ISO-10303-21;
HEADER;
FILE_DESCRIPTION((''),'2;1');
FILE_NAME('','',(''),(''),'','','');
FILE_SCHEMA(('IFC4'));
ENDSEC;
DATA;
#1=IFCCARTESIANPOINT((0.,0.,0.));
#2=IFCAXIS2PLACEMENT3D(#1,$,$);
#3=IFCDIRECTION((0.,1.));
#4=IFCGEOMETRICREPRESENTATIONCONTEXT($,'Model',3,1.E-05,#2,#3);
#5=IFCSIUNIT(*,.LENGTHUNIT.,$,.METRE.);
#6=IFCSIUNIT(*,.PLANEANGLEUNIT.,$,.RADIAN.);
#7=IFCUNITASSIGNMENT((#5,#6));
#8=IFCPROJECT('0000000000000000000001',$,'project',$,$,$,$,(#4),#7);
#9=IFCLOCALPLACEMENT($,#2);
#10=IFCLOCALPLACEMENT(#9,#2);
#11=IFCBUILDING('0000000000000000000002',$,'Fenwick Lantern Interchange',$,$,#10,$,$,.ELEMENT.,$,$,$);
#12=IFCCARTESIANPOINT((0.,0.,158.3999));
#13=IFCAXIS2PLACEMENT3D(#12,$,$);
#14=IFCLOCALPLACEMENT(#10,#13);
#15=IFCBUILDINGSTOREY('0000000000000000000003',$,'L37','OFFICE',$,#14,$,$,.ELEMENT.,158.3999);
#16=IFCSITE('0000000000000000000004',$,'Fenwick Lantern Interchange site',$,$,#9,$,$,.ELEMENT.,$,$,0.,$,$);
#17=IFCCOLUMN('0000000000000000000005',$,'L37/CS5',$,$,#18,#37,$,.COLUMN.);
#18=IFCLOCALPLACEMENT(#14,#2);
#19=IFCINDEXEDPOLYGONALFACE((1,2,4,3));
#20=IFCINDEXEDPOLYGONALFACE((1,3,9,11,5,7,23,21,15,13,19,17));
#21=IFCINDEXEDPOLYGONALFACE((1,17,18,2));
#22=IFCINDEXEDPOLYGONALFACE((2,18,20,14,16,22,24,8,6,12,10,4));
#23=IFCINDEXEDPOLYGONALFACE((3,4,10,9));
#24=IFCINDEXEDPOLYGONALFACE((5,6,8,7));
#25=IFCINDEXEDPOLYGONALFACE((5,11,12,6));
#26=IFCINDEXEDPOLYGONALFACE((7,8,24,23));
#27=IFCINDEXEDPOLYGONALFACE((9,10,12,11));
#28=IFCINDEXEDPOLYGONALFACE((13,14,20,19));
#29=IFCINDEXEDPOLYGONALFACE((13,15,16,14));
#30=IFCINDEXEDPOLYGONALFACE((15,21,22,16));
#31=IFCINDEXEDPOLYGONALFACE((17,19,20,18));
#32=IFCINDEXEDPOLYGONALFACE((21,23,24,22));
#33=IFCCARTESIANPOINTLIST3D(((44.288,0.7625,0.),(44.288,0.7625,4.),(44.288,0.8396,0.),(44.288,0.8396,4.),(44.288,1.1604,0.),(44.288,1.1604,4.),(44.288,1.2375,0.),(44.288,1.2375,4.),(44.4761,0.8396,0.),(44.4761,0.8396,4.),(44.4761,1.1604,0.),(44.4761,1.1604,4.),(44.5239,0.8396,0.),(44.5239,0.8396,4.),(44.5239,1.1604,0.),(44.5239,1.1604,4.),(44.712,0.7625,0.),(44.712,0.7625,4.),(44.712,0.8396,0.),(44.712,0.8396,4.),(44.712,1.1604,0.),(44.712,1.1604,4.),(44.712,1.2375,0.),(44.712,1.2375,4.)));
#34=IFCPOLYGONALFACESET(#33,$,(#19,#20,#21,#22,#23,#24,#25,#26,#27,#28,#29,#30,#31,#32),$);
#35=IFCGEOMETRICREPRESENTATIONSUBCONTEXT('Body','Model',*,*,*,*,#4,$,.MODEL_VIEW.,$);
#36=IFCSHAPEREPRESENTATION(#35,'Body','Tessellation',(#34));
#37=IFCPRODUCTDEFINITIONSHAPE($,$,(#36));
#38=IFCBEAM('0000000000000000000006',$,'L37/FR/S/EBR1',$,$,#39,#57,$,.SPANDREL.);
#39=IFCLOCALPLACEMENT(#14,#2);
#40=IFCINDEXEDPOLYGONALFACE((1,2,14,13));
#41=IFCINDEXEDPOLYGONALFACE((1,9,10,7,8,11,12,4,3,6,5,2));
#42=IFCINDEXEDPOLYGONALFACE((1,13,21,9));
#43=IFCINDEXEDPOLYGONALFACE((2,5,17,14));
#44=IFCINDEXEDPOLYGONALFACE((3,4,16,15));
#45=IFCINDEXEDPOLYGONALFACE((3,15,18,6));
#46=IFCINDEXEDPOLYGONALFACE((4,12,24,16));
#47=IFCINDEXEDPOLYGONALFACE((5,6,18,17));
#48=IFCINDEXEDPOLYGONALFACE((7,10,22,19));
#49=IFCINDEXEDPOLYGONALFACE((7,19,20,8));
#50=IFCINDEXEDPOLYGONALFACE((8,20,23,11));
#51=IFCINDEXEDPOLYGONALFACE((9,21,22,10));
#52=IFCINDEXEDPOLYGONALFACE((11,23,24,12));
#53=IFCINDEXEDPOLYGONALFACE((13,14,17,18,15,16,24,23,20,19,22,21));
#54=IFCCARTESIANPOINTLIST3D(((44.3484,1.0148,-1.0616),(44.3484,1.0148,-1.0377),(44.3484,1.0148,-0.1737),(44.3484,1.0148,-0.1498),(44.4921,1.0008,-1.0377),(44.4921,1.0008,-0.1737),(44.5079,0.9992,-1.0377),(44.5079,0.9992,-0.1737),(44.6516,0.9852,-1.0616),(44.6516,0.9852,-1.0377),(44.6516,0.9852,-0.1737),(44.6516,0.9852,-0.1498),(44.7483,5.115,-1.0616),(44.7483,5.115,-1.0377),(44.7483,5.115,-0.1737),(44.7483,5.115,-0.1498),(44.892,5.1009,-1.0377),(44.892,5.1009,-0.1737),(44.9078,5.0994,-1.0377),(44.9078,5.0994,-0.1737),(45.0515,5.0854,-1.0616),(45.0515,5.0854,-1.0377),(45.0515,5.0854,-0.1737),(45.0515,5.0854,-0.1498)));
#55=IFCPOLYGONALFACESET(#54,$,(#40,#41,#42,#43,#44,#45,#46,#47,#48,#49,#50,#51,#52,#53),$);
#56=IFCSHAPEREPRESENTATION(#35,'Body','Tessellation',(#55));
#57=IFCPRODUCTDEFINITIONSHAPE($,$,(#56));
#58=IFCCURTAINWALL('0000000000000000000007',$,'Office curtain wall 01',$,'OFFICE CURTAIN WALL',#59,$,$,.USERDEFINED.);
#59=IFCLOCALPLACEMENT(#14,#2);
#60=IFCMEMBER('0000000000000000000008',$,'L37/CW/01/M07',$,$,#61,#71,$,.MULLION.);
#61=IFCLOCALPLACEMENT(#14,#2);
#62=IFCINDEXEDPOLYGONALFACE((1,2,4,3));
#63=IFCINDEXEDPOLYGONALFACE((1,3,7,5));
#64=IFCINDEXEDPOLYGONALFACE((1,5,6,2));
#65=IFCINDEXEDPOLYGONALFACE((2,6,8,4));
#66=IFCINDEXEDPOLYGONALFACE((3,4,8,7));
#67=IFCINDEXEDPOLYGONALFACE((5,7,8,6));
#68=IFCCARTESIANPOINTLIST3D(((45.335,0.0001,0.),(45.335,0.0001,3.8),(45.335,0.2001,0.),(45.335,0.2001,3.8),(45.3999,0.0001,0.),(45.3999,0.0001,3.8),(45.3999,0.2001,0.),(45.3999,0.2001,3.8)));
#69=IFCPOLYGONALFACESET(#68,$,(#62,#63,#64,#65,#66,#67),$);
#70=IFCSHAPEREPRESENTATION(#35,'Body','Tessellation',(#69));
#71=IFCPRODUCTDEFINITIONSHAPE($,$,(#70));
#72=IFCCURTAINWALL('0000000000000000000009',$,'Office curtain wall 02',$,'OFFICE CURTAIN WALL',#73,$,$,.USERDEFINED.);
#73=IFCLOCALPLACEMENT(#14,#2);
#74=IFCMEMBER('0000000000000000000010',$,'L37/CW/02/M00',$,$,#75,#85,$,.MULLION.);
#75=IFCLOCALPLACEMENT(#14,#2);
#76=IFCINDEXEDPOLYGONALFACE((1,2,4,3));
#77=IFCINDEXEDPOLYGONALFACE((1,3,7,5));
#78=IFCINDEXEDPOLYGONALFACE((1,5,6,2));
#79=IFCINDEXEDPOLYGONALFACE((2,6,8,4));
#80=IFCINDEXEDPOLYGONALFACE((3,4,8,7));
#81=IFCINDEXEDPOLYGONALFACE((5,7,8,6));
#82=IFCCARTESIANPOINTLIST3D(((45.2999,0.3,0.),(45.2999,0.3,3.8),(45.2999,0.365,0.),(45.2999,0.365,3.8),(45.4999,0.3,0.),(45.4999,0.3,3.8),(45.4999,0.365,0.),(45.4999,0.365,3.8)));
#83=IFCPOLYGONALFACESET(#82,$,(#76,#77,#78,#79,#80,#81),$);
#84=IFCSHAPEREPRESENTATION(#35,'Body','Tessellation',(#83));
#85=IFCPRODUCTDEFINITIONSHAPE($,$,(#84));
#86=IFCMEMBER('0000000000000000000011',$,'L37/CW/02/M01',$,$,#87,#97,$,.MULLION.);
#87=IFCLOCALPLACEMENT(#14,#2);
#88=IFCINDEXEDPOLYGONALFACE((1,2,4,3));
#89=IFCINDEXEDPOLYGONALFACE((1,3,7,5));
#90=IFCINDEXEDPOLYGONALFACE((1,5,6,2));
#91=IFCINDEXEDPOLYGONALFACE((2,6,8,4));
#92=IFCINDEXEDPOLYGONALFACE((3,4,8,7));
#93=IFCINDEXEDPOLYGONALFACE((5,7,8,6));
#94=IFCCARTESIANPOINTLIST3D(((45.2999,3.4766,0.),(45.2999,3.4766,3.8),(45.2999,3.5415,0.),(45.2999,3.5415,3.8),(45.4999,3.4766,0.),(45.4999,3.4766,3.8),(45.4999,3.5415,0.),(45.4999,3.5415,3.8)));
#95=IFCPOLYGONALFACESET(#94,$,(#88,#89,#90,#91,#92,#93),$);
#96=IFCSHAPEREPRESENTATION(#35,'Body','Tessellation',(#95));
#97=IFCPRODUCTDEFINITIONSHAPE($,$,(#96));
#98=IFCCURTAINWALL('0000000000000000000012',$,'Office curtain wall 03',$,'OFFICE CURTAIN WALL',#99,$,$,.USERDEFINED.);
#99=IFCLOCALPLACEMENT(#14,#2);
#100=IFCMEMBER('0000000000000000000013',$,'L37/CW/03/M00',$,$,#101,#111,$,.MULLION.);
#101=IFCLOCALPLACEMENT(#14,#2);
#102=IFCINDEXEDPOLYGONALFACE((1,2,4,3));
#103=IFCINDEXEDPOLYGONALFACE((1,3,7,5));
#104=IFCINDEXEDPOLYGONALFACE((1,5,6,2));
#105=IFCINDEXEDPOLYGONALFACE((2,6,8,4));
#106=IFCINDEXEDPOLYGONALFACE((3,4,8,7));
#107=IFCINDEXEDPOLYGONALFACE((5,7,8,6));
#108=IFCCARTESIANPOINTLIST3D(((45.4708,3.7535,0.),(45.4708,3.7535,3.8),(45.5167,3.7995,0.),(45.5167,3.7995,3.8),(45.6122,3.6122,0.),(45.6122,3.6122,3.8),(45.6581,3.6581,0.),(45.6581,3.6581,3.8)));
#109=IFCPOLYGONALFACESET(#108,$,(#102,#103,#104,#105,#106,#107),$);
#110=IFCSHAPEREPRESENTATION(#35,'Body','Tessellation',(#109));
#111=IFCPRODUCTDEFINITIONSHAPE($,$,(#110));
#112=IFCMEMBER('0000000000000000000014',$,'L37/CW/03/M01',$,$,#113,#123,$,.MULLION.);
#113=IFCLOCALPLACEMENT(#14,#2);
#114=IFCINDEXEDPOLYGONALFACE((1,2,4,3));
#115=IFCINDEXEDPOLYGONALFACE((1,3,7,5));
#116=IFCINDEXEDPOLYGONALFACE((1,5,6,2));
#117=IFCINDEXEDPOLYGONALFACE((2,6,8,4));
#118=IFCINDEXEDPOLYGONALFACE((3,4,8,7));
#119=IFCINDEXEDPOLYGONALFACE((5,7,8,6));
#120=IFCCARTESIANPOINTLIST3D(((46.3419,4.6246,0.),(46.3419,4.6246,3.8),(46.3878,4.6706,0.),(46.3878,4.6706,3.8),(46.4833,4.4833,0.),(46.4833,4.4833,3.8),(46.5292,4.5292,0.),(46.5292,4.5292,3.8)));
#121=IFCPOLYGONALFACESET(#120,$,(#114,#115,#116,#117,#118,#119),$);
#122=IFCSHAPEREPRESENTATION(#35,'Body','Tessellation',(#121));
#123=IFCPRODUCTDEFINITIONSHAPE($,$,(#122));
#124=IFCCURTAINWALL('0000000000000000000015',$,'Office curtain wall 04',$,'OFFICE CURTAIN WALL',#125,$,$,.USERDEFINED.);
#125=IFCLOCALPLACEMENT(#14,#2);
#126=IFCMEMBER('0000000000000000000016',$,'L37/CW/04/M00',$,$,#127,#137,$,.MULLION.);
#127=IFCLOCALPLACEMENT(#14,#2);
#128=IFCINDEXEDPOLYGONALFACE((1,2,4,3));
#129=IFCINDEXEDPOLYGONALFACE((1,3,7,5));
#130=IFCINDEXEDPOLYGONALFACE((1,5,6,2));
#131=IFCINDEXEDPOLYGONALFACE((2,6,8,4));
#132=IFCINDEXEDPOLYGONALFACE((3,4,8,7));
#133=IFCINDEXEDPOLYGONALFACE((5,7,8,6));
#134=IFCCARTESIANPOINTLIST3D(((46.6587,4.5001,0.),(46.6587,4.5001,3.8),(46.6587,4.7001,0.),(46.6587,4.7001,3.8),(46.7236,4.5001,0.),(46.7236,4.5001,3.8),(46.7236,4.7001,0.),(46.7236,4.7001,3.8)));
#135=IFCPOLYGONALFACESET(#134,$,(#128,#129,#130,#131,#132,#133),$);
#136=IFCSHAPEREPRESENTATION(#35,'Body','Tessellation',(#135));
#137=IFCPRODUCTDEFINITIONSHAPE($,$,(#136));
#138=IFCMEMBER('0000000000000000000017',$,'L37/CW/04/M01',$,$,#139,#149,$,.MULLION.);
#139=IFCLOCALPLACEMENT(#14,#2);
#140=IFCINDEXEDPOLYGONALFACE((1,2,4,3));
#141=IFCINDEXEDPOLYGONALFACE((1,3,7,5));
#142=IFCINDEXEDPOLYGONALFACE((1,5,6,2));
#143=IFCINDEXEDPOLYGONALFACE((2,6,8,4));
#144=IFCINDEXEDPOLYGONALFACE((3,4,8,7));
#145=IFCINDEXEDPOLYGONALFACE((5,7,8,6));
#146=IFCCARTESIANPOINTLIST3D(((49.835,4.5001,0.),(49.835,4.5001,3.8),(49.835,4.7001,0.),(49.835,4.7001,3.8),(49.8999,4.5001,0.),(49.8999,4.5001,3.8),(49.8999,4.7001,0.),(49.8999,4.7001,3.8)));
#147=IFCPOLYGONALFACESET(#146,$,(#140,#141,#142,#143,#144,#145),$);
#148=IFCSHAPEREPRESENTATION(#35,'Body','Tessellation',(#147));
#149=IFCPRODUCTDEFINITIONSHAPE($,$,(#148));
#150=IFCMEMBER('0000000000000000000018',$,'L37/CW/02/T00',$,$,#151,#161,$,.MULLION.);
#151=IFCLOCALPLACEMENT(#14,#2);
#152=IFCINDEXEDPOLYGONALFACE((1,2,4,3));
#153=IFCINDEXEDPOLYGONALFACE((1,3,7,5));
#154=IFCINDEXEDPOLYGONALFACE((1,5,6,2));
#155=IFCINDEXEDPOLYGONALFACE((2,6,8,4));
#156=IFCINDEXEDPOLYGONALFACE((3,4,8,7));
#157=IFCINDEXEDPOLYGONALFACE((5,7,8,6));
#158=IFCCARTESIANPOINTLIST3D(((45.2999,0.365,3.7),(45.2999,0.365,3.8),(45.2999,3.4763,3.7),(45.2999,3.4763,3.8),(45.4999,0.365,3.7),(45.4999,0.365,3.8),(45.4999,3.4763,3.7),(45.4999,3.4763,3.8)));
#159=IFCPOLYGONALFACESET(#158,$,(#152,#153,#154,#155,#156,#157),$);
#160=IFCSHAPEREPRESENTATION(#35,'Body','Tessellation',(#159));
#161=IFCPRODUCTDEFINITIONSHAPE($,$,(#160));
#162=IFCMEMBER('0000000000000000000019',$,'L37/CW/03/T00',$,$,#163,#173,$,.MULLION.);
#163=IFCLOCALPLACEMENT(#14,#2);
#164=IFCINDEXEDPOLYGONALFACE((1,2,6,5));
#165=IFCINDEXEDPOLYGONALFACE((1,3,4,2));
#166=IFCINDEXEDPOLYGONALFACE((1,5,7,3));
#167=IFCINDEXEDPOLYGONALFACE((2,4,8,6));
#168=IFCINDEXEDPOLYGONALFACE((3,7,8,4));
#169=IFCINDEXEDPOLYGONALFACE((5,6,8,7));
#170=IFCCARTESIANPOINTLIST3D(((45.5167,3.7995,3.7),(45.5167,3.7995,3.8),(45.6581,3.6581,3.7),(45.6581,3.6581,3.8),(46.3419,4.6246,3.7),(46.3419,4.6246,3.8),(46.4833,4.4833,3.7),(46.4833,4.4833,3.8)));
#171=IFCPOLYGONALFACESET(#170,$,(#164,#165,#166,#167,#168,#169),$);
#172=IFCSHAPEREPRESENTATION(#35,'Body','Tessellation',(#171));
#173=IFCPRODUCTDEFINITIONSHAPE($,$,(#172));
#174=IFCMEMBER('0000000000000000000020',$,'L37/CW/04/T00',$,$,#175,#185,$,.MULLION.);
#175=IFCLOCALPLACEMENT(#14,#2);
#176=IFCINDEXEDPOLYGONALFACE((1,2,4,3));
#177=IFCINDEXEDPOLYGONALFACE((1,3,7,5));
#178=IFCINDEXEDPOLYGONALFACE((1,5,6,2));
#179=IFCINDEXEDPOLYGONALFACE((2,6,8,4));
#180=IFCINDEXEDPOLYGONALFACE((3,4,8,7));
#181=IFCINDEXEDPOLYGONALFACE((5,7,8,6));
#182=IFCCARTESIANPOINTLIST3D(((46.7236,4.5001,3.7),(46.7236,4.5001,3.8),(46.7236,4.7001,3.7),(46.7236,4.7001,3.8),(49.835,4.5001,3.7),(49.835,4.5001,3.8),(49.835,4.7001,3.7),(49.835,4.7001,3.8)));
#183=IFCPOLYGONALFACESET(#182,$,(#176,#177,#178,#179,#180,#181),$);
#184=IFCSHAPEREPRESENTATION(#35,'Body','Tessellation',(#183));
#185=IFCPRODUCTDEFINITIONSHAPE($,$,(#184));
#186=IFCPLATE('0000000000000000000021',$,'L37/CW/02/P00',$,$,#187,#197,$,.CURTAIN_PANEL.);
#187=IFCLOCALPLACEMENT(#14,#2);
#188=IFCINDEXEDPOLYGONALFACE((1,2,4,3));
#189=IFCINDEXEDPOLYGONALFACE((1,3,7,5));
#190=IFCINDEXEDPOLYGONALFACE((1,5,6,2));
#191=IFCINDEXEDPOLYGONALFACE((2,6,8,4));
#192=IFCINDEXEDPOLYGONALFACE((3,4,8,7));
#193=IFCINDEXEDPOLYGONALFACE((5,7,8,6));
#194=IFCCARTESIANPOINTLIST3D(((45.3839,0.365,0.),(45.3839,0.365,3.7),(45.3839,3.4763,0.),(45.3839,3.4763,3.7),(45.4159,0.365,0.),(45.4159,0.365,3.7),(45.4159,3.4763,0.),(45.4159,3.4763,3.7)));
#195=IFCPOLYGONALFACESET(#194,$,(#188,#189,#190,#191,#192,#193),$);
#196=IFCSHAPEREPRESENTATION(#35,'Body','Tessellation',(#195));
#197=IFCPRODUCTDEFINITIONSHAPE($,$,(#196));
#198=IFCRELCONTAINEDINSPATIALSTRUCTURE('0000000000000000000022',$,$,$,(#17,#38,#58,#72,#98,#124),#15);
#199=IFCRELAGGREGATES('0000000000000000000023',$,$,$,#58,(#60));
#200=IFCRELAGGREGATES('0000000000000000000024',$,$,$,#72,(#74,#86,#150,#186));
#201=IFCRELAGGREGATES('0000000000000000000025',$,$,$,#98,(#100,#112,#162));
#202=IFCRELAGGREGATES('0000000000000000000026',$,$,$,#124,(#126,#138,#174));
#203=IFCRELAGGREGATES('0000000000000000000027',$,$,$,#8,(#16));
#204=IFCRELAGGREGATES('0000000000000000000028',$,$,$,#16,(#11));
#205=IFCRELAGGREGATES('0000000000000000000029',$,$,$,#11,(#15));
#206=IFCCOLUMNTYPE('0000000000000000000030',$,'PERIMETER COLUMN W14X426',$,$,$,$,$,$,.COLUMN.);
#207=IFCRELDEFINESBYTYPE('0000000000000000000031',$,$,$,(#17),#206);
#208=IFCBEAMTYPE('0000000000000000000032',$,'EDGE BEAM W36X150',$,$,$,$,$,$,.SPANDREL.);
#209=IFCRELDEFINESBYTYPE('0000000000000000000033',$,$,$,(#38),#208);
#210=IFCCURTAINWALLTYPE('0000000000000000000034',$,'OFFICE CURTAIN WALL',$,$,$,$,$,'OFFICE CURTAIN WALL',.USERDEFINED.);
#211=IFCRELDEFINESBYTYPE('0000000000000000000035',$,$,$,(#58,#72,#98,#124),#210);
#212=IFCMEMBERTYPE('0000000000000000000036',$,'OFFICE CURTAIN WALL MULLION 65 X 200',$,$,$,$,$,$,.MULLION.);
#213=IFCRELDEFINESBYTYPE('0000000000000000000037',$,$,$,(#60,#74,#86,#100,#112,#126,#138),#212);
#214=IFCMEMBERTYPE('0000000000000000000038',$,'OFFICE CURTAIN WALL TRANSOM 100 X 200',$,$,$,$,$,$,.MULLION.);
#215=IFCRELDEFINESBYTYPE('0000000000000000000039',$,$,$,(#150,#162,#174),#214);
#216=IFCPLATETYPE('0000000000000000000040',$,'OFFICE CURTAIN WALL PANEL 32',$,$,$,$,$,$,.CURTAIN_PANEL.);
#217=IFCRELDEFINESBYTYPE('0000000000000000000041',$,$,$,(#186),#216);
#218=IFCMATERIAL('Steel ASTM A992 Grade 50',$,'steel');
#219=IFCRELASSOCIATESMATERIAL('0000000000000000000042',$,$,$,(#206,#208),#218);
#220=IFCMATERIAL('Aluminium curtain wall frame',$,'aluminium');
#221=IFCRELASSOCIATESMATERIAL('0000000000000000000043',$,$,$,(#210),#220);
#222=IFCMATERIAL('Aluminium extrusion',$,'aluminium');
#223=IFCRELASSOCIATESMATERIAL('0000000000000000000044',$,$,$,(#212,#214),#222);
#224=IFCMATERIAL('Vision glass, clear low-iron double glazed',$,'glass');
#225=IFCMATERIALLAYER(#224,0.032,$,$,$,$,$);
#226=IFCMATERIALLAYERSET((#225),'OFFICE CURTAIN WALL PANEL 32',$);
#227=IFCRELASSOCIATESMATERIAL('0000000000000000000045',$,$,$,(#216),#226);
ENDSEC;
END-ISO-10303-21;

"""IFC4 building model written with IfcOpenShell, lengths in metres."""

from ifc_helpers import new_model, si_unit, direction, frame, origin, origin_2d, place, context, subcontext, project, spatial, rectangle, i_section, extrude, material, layer, layer_set, material_profile, profile_set, type_object, element, aggregate, save


model = new_model("IFC4")

# Units and contexts
model_context = context("Model", 3, precision=1e-05, world=origin(), true_north=direction((0.0, 1.0)))
body_context = subcontext(model_context, "Body", "Model", "MODEL_VIEW")
ifc_project = project(units=[si_unit("LENGTHUNIT", "METRE"), si_unit("PLANEANGLEUNIT", "RADIAN")], contexts=[model_context])

# Site, building, storey
site_placement = place(None, origin())
site = spatial("IfcSite", under=ifc_project, at=site_placement, Name="Fenwick Lantern Interchange site", CompositionType="ELEMENT", RefElevation=0.0)
building_placement = place(site_placement, origin())
building = spatial("IfcBuilding", under=site, at=building_placement, Name="Fenwick Lantern Interchange", CompositionType="ELEMENT")
storey_placement = place(building_placement, frame((0.0, 0.0, 158.3999)))
storey = spatial("IfcBuildingStorey", under=building, at=storey_placement, Name="L37", Description="OFFICE", CompositionType="ELEMENT", Elevation=158.3999)

# Column
ifc_material_1 = material(Name="Steel ASTM A992 Grade 50", Category="steel")
ifc_material_profile_1 = material_profile(ifc_material_1, i_section(OverallWidth=0.4241, OverallDepth=0.4751, WebThickness=0.0479, FlangeThickness=0.0771, at=origin_2d()), Name="W14X426")
ifc_profile_set_1 = profile_set([ifc_material_profile_1], Name="Steel ASTM A992 Grade 50")
column_type = type_object("IfcColumnType", Name="PERIMETER COLUMN W14X426", PredefinedType="COLUMN", material=ifc_profile_set_1)
column_placement = place(storey_placement, frame((44.5, 1.0, 0.0), z_axis=(0.0, 0.0, 1.0), x_axis=(1.0, 0.0, 0.0)))
element("IfcColumn", 1, at=column_placement, inside=storey, type_object=column_type, Name="L37/CS5", PredefinedType="COLUMN", context=body_context, shape_type="SweptSolid", body=[
    extrude(i_section(OverallWidth=0.4241, OverallDepth=0.4751, WebThickness=0.0479, FlangeThickness=0.0771, at=origin_2d()), origin(), (0.0, 0.0, 1.0), 4.0),
])

# Beam
ifc_material_profile_2 = material_profile(ifc_material_1, i_section(OverallWidth=0.3047, OverallDepth=0.9119, WebThickness=0.0159, FlangeThickness=0.0239, at=origin_2d()), Name="W36X150")
ifc_profile_set_2 = profile_set([ifc_material_profile_2], Name="Steel ASTM A992 Grade 50")
beam_type = type_object("IfcBeamType", Name="EDGE BEAM W36X150", PredefinedType="SPANDREL", material=ifc_profile_set_2)
beam_placement = place(storey_placement, frame((44.5, 1.0, -0.6057), z_axis=(0.097074, 0.995277, 0.0), x_axis=(-0.995277, 0.097074, 0.0)))
element("IfcBeam", 2, at=beam_placement, inside=storey, type_object=beam_type, Name="L37/FR/S/EBR1", PredefinedType="SPANDREL", context=body_context, shape_type="SweptSolid", body=[
    extrude(i_section(OverallWidth=0.3047, OverallDepth=0.9119, WebThickness=0.0159, FlangeThickness=0.0239, at=origin_2d()), origin(), (0.0, 0.0, 1.0), 4.1196),
])

# Curtain wall, member
ifc_material_2 = material(Name="Aluminium curtain wall frame", Category="aluminium")
curtain_wall_type = type_object("IfcCurtainWallType", Name="OFFICE CURTAIN WALL", ElementType="OFFICE CURTAIN WALL", PredefinedType="USERDEFINED", material=ifc_material_2)
curtain_wall_1_placement = place(storey_placement, origin())
curtain_wall_1 = element("IfcCurtainWall", 3, at=curtain_wall_1_placement, inside=storey, type_object=curtain_wall_type, Name="Office curtain wall 01", ObjectType="OFFICE CURTAIN WALL", PredefinedType="USERDEFINED")
ifc_material_3 = material(Name="Aluminium extrusion", Category="aluminium")
ifc_material_profile_3 = material_profile(ifc_material_3, rectangle(XDim=0.2, YDim=0.0649, at=origin_2d()), Name="OFFICE CURTAIN WALL MULLION 65 X 200")
ifc_profile_set_3 = profile_set([ifc_material_profile_3], Name="Aluminium extrusion")
member_type_1 = type_object("IfcMemberType", Name="OFFICE CURTAIN WALL MULLION 65 X 200", PredefinedType="MULLION", material=ifc_profile_set_3)
member_1_placement = place(storey_placement, frame((45.3674, 0.1001, 0.0), z_axis=(0.0, 0.0, 1.0), x_axis=(0.0, 1.0, 0.0)))
member_1 = element("IfcMember", 4, at=member_1_placement, type_object=member_type_1, Name="L37/CW/01/M07", PredefinedType="MULLION", context=body_context, shape_type="SweptSolid", body=[
    extrude(rectangle(XDim=0.2, YDim=0.0649, at=origin_2d()), origin(), (0.0, 0.0, 1.0), 3.8),
])
aggregate(curtain_wall_1, [member_1])

# Curtain walls, members
curtain_wall_2_placement = place(storey_placement, origin())
curtain_wall_2 = element("IfcCurtainWall", 5, at=curtain_wall_2_placement, inside=storey, type_object=curtain_wall_type, Name="Office curtain wall 02", ObjectType="OFFICE CURTAIN WALL", PredefinedType="USERDEFINED")
member_2_placement = place(storey_placement, frame((45.3999, 0.3325, 0.0), z_axis=(0.0, 0.0, 1.0), x_axis=(-1.0, 0.0, 0.0)))
member_2 = element("IfcMember", 6, at=member_2_placement, type_object=member_type_1, Name="L37/CW/02/M00", PredefinedType="MULLION", context=body_context, shape_type="SweptSolid", body=[
    extrude(rectangle(XDim=0.2, YDim=0.0649, at=origin_2d()), origin(), (0.0, 0.0, 1.0), 3.8),
])
member_3_placement = place(storey_placement, frame((45.3999, 3.509, 0.0), z_axis=(0.0, 0.0, 1.0), x_axis=(-1.0, 0.0, 0.0)))
member_3 = element("IfcMember", 7, at=member_3_placement, type_object=member_type_1, Name="L37/CW/02/M01", PredefinedType="MULLION", context=body_context, shape_type="SweptSolid", body=[
    extrude(rectangle(XDim=0.2, YDim=0.0649, at=origin_2d()), origin(), (0.0, 0.0, 1.0), 3.8),
])
curtain_wall_3_placement = place(storey_placement, origin())
curtain_wall_3 = element("IfcCurtainWall", 8, at=curtain_wall_3_placement, inside=storey, type_object=curtain_wall_type, Name="Office curtain wall 03", ObjectType="OFFICE CURTAIN WALL", PredefinedType="USERDEFINED")
member_4_placement = place(storey_placement, frame((45.5645, 3.7058, 0.0), z_axis=(0.0, 0.0, 1.0), x_axis=(-0.707107, 0.707107, 0.0)))
member_4 = element("IfcMember", 9, at=member_4_placement, type_object=member_type_1, Name="L37/CW/03/M00", PredefinedType="MULLION", context=body_context, shape_type="SweptSolid", body=[
    extrude(rectangle(XDim=0.2, YDim=0.0649, at=origin_2d()), origin(), (0.0, 0.0, 1.0), 3.8),
])
member_5_placement = place(storey_placement, frame((46.4355, 4.5769, 0.0), z_axis=(0.0, 0.0, 1.0), x_axis=(-0.707107, 0.707107, 0.0)))
member_5 = element("IfcMember", 10, at=member_5_placement, type_object=member_type_1, Name="L37/CW/03/M01", PredefinedType="MULLION", context=body_context, shape_type="SweptSolid", body=[
    extrude(rectangle(XDim=0.2, YDim=0.0649, at=origin_2d()), origin(), (0.0, 0.0, 1.0), 3.8),
])
curtain_wall_4_placement = place(storey_placement, origin())
curtain_wall_4 = element("IfcCurtainWall", 11, at=curtain_wall_4_placement, inside=storey, type_object=curtain_wall_type, Name="Office curtain wall 04", ObjectType="OFFICE CURTAIN WALL", PredefinedType="USERDEFINED")
member_6_placement = place(storey_placement, frame((46.6912, 4.6001, 0.0), z_axis=(0.0, 0.0, 1.0), x_axis=(0.0, 1.0, 0.0)))
member_6 = element("IfcMember", 12, at=member_6_placement, type_object=member_type_1, Name="L37/CW/04/M00", PredefinedType="MULLION", context=body_context, shape_type="SweptSolid", body=[
    extrude(rectangle(XDim=0.2, YDim=0.0649, at=origin_2d()), origin(), (0.0, 0.0, 1.0), 3.8),
])
member_7_placement = place(storey_placement, frame((49.8674, 4.6001, 0.0), z_axis=(0.0, 0.0, 1.0), x_axis=(0.0, 1.0, 0.0)))
member_7 = element("IfcMember", 13, at=member_7_placement, type_object=member_type_1, Name="L37/CW/04/M01", PredefinedType="MULLION", context=body_context, shape_type="SweptSolid", body=[
    extrude(rectangle(XDim=0.2, YDim=0.0649, at=origin_2d()), origin(), (0.0, 0.0, 1.0), 3.8),
])

# Members
ifc_material_profile_4 = material_profile(ifc_material_3, rectangle(XDim=0.2, YDim=0.1001, at=origin_2d()), Name="OFFICE CURTAIN WALL TRANSOM 100 X 200")
ifc_profile_set_4 = profile_set([ifc_material_profile_4], Name="Aluminium extrusion")
member_type_2 = type_object("IfcMemberType", Name="OFFICE CURTAIN WALL TRANSOM 100 X 200", PredefinedType="MULLION", material=ifc_profile_set_4)
member_8_placement = place(storey_placement, frame((45.3999, 0.365, 3.75), z_axis=(0.0, 1.0, 0.0), x_axis=(-1.0, 0.0, 0.0)))
member_8 = element("IfcMember", 14, at=member_8_placement, type_object=member_type_2, Name="L37/CW/02/T00", PredefinedType="MULLION", context=body_context, shape_type="SweptSolid", body=[
    extrude(rectangle(XDim=0.2, YDim=0.1001, at=origin_2d()), origin(), (0.0, 0.0, 1.0), 3.1113),
])
member_9_placement = place(storey_placement, frame((45.5874, 3.7288, 3.75), z_axis=(0.707107, 0.707107, 0.0), x_axis=(-0.707107, 0.707107, 0.0)))
member_9 = element("IfcMember", 15, at=member_9_placement, type_object=member_type_2, Name="L37/CW/03/T00", PredefinedType="MULLION", context=body_context, shape_type="SweptSolid", body=[
    extrude(rectangle(XDim=0.2, YDim=0.1001, at=origin_2d()), origin(), (0.0, 0.0, 1.0), 1.167),
])
member_10_placement = place(storey_placement, frame((46.7236, 4.6001, 3.75), z_axis=(1.0, 0.0, 0.0), x_axis=(0.0, 1.0, 0.0)))
member_10 = element("IfcMember", 16, at=member_10_placement, type_object=member_type_2, Name="L37/CW/04/T00", PredefinedType="MULLION", context=body_context, shape_type="SweptSolid", body=[
    extrude(rectangle(XDim=0.2, YDim=0.1001, at=origin_2d()), origin(), (0.0, 0.0, 1.0), 3.1113),
])

# Plate
ifc_material_4 = material(Name="Vision glass, clear low-iron double glazed", Category="glass")
ifc_layer_1 = layer(ifc_material_4, 0.032)
ifc_layer_set_1 = layer_set([ifc_layer_1], Name="OFFICE CURTAIN WALL PANEL 32")
plate_type = type_object("IfcPlateType", Name="OFFICE CURTAIN WALL PANEL 32", PredefinedType="CURTAIN_PANEL", material=ifc_layer_set_1)
plate_1_placement = place(storey_placement, frame((45.3999, 1.9207, 0.0), z_axis=(0.0, 0.0, 1.0), x_axis=(0.0, 1.0, 0.0)))
plate_1 = element("IfcPlate", 17, at=plate_1_placement, type_object=plate_type, Name="L37/CW/02/P00", PredefinedType="CURTAIN_PANEL", context=body_context, shape_type="SweptSolid", body=[
    extrude(rectangle(XDim=3.1113, YDim=0.032, at=origin_2d()), origin(), (0.0, 0.0, 1.0), 3.7),
])
aggregate(curtain_wall_2, [member_2, member_3, member_8, plate_1])
aggregate(curtain_wall_3, [member_4, member_5, member_9])
aggregate(curtain_wall_4, [member_6, member_7, member_10])

save(model, "model.ifc")
